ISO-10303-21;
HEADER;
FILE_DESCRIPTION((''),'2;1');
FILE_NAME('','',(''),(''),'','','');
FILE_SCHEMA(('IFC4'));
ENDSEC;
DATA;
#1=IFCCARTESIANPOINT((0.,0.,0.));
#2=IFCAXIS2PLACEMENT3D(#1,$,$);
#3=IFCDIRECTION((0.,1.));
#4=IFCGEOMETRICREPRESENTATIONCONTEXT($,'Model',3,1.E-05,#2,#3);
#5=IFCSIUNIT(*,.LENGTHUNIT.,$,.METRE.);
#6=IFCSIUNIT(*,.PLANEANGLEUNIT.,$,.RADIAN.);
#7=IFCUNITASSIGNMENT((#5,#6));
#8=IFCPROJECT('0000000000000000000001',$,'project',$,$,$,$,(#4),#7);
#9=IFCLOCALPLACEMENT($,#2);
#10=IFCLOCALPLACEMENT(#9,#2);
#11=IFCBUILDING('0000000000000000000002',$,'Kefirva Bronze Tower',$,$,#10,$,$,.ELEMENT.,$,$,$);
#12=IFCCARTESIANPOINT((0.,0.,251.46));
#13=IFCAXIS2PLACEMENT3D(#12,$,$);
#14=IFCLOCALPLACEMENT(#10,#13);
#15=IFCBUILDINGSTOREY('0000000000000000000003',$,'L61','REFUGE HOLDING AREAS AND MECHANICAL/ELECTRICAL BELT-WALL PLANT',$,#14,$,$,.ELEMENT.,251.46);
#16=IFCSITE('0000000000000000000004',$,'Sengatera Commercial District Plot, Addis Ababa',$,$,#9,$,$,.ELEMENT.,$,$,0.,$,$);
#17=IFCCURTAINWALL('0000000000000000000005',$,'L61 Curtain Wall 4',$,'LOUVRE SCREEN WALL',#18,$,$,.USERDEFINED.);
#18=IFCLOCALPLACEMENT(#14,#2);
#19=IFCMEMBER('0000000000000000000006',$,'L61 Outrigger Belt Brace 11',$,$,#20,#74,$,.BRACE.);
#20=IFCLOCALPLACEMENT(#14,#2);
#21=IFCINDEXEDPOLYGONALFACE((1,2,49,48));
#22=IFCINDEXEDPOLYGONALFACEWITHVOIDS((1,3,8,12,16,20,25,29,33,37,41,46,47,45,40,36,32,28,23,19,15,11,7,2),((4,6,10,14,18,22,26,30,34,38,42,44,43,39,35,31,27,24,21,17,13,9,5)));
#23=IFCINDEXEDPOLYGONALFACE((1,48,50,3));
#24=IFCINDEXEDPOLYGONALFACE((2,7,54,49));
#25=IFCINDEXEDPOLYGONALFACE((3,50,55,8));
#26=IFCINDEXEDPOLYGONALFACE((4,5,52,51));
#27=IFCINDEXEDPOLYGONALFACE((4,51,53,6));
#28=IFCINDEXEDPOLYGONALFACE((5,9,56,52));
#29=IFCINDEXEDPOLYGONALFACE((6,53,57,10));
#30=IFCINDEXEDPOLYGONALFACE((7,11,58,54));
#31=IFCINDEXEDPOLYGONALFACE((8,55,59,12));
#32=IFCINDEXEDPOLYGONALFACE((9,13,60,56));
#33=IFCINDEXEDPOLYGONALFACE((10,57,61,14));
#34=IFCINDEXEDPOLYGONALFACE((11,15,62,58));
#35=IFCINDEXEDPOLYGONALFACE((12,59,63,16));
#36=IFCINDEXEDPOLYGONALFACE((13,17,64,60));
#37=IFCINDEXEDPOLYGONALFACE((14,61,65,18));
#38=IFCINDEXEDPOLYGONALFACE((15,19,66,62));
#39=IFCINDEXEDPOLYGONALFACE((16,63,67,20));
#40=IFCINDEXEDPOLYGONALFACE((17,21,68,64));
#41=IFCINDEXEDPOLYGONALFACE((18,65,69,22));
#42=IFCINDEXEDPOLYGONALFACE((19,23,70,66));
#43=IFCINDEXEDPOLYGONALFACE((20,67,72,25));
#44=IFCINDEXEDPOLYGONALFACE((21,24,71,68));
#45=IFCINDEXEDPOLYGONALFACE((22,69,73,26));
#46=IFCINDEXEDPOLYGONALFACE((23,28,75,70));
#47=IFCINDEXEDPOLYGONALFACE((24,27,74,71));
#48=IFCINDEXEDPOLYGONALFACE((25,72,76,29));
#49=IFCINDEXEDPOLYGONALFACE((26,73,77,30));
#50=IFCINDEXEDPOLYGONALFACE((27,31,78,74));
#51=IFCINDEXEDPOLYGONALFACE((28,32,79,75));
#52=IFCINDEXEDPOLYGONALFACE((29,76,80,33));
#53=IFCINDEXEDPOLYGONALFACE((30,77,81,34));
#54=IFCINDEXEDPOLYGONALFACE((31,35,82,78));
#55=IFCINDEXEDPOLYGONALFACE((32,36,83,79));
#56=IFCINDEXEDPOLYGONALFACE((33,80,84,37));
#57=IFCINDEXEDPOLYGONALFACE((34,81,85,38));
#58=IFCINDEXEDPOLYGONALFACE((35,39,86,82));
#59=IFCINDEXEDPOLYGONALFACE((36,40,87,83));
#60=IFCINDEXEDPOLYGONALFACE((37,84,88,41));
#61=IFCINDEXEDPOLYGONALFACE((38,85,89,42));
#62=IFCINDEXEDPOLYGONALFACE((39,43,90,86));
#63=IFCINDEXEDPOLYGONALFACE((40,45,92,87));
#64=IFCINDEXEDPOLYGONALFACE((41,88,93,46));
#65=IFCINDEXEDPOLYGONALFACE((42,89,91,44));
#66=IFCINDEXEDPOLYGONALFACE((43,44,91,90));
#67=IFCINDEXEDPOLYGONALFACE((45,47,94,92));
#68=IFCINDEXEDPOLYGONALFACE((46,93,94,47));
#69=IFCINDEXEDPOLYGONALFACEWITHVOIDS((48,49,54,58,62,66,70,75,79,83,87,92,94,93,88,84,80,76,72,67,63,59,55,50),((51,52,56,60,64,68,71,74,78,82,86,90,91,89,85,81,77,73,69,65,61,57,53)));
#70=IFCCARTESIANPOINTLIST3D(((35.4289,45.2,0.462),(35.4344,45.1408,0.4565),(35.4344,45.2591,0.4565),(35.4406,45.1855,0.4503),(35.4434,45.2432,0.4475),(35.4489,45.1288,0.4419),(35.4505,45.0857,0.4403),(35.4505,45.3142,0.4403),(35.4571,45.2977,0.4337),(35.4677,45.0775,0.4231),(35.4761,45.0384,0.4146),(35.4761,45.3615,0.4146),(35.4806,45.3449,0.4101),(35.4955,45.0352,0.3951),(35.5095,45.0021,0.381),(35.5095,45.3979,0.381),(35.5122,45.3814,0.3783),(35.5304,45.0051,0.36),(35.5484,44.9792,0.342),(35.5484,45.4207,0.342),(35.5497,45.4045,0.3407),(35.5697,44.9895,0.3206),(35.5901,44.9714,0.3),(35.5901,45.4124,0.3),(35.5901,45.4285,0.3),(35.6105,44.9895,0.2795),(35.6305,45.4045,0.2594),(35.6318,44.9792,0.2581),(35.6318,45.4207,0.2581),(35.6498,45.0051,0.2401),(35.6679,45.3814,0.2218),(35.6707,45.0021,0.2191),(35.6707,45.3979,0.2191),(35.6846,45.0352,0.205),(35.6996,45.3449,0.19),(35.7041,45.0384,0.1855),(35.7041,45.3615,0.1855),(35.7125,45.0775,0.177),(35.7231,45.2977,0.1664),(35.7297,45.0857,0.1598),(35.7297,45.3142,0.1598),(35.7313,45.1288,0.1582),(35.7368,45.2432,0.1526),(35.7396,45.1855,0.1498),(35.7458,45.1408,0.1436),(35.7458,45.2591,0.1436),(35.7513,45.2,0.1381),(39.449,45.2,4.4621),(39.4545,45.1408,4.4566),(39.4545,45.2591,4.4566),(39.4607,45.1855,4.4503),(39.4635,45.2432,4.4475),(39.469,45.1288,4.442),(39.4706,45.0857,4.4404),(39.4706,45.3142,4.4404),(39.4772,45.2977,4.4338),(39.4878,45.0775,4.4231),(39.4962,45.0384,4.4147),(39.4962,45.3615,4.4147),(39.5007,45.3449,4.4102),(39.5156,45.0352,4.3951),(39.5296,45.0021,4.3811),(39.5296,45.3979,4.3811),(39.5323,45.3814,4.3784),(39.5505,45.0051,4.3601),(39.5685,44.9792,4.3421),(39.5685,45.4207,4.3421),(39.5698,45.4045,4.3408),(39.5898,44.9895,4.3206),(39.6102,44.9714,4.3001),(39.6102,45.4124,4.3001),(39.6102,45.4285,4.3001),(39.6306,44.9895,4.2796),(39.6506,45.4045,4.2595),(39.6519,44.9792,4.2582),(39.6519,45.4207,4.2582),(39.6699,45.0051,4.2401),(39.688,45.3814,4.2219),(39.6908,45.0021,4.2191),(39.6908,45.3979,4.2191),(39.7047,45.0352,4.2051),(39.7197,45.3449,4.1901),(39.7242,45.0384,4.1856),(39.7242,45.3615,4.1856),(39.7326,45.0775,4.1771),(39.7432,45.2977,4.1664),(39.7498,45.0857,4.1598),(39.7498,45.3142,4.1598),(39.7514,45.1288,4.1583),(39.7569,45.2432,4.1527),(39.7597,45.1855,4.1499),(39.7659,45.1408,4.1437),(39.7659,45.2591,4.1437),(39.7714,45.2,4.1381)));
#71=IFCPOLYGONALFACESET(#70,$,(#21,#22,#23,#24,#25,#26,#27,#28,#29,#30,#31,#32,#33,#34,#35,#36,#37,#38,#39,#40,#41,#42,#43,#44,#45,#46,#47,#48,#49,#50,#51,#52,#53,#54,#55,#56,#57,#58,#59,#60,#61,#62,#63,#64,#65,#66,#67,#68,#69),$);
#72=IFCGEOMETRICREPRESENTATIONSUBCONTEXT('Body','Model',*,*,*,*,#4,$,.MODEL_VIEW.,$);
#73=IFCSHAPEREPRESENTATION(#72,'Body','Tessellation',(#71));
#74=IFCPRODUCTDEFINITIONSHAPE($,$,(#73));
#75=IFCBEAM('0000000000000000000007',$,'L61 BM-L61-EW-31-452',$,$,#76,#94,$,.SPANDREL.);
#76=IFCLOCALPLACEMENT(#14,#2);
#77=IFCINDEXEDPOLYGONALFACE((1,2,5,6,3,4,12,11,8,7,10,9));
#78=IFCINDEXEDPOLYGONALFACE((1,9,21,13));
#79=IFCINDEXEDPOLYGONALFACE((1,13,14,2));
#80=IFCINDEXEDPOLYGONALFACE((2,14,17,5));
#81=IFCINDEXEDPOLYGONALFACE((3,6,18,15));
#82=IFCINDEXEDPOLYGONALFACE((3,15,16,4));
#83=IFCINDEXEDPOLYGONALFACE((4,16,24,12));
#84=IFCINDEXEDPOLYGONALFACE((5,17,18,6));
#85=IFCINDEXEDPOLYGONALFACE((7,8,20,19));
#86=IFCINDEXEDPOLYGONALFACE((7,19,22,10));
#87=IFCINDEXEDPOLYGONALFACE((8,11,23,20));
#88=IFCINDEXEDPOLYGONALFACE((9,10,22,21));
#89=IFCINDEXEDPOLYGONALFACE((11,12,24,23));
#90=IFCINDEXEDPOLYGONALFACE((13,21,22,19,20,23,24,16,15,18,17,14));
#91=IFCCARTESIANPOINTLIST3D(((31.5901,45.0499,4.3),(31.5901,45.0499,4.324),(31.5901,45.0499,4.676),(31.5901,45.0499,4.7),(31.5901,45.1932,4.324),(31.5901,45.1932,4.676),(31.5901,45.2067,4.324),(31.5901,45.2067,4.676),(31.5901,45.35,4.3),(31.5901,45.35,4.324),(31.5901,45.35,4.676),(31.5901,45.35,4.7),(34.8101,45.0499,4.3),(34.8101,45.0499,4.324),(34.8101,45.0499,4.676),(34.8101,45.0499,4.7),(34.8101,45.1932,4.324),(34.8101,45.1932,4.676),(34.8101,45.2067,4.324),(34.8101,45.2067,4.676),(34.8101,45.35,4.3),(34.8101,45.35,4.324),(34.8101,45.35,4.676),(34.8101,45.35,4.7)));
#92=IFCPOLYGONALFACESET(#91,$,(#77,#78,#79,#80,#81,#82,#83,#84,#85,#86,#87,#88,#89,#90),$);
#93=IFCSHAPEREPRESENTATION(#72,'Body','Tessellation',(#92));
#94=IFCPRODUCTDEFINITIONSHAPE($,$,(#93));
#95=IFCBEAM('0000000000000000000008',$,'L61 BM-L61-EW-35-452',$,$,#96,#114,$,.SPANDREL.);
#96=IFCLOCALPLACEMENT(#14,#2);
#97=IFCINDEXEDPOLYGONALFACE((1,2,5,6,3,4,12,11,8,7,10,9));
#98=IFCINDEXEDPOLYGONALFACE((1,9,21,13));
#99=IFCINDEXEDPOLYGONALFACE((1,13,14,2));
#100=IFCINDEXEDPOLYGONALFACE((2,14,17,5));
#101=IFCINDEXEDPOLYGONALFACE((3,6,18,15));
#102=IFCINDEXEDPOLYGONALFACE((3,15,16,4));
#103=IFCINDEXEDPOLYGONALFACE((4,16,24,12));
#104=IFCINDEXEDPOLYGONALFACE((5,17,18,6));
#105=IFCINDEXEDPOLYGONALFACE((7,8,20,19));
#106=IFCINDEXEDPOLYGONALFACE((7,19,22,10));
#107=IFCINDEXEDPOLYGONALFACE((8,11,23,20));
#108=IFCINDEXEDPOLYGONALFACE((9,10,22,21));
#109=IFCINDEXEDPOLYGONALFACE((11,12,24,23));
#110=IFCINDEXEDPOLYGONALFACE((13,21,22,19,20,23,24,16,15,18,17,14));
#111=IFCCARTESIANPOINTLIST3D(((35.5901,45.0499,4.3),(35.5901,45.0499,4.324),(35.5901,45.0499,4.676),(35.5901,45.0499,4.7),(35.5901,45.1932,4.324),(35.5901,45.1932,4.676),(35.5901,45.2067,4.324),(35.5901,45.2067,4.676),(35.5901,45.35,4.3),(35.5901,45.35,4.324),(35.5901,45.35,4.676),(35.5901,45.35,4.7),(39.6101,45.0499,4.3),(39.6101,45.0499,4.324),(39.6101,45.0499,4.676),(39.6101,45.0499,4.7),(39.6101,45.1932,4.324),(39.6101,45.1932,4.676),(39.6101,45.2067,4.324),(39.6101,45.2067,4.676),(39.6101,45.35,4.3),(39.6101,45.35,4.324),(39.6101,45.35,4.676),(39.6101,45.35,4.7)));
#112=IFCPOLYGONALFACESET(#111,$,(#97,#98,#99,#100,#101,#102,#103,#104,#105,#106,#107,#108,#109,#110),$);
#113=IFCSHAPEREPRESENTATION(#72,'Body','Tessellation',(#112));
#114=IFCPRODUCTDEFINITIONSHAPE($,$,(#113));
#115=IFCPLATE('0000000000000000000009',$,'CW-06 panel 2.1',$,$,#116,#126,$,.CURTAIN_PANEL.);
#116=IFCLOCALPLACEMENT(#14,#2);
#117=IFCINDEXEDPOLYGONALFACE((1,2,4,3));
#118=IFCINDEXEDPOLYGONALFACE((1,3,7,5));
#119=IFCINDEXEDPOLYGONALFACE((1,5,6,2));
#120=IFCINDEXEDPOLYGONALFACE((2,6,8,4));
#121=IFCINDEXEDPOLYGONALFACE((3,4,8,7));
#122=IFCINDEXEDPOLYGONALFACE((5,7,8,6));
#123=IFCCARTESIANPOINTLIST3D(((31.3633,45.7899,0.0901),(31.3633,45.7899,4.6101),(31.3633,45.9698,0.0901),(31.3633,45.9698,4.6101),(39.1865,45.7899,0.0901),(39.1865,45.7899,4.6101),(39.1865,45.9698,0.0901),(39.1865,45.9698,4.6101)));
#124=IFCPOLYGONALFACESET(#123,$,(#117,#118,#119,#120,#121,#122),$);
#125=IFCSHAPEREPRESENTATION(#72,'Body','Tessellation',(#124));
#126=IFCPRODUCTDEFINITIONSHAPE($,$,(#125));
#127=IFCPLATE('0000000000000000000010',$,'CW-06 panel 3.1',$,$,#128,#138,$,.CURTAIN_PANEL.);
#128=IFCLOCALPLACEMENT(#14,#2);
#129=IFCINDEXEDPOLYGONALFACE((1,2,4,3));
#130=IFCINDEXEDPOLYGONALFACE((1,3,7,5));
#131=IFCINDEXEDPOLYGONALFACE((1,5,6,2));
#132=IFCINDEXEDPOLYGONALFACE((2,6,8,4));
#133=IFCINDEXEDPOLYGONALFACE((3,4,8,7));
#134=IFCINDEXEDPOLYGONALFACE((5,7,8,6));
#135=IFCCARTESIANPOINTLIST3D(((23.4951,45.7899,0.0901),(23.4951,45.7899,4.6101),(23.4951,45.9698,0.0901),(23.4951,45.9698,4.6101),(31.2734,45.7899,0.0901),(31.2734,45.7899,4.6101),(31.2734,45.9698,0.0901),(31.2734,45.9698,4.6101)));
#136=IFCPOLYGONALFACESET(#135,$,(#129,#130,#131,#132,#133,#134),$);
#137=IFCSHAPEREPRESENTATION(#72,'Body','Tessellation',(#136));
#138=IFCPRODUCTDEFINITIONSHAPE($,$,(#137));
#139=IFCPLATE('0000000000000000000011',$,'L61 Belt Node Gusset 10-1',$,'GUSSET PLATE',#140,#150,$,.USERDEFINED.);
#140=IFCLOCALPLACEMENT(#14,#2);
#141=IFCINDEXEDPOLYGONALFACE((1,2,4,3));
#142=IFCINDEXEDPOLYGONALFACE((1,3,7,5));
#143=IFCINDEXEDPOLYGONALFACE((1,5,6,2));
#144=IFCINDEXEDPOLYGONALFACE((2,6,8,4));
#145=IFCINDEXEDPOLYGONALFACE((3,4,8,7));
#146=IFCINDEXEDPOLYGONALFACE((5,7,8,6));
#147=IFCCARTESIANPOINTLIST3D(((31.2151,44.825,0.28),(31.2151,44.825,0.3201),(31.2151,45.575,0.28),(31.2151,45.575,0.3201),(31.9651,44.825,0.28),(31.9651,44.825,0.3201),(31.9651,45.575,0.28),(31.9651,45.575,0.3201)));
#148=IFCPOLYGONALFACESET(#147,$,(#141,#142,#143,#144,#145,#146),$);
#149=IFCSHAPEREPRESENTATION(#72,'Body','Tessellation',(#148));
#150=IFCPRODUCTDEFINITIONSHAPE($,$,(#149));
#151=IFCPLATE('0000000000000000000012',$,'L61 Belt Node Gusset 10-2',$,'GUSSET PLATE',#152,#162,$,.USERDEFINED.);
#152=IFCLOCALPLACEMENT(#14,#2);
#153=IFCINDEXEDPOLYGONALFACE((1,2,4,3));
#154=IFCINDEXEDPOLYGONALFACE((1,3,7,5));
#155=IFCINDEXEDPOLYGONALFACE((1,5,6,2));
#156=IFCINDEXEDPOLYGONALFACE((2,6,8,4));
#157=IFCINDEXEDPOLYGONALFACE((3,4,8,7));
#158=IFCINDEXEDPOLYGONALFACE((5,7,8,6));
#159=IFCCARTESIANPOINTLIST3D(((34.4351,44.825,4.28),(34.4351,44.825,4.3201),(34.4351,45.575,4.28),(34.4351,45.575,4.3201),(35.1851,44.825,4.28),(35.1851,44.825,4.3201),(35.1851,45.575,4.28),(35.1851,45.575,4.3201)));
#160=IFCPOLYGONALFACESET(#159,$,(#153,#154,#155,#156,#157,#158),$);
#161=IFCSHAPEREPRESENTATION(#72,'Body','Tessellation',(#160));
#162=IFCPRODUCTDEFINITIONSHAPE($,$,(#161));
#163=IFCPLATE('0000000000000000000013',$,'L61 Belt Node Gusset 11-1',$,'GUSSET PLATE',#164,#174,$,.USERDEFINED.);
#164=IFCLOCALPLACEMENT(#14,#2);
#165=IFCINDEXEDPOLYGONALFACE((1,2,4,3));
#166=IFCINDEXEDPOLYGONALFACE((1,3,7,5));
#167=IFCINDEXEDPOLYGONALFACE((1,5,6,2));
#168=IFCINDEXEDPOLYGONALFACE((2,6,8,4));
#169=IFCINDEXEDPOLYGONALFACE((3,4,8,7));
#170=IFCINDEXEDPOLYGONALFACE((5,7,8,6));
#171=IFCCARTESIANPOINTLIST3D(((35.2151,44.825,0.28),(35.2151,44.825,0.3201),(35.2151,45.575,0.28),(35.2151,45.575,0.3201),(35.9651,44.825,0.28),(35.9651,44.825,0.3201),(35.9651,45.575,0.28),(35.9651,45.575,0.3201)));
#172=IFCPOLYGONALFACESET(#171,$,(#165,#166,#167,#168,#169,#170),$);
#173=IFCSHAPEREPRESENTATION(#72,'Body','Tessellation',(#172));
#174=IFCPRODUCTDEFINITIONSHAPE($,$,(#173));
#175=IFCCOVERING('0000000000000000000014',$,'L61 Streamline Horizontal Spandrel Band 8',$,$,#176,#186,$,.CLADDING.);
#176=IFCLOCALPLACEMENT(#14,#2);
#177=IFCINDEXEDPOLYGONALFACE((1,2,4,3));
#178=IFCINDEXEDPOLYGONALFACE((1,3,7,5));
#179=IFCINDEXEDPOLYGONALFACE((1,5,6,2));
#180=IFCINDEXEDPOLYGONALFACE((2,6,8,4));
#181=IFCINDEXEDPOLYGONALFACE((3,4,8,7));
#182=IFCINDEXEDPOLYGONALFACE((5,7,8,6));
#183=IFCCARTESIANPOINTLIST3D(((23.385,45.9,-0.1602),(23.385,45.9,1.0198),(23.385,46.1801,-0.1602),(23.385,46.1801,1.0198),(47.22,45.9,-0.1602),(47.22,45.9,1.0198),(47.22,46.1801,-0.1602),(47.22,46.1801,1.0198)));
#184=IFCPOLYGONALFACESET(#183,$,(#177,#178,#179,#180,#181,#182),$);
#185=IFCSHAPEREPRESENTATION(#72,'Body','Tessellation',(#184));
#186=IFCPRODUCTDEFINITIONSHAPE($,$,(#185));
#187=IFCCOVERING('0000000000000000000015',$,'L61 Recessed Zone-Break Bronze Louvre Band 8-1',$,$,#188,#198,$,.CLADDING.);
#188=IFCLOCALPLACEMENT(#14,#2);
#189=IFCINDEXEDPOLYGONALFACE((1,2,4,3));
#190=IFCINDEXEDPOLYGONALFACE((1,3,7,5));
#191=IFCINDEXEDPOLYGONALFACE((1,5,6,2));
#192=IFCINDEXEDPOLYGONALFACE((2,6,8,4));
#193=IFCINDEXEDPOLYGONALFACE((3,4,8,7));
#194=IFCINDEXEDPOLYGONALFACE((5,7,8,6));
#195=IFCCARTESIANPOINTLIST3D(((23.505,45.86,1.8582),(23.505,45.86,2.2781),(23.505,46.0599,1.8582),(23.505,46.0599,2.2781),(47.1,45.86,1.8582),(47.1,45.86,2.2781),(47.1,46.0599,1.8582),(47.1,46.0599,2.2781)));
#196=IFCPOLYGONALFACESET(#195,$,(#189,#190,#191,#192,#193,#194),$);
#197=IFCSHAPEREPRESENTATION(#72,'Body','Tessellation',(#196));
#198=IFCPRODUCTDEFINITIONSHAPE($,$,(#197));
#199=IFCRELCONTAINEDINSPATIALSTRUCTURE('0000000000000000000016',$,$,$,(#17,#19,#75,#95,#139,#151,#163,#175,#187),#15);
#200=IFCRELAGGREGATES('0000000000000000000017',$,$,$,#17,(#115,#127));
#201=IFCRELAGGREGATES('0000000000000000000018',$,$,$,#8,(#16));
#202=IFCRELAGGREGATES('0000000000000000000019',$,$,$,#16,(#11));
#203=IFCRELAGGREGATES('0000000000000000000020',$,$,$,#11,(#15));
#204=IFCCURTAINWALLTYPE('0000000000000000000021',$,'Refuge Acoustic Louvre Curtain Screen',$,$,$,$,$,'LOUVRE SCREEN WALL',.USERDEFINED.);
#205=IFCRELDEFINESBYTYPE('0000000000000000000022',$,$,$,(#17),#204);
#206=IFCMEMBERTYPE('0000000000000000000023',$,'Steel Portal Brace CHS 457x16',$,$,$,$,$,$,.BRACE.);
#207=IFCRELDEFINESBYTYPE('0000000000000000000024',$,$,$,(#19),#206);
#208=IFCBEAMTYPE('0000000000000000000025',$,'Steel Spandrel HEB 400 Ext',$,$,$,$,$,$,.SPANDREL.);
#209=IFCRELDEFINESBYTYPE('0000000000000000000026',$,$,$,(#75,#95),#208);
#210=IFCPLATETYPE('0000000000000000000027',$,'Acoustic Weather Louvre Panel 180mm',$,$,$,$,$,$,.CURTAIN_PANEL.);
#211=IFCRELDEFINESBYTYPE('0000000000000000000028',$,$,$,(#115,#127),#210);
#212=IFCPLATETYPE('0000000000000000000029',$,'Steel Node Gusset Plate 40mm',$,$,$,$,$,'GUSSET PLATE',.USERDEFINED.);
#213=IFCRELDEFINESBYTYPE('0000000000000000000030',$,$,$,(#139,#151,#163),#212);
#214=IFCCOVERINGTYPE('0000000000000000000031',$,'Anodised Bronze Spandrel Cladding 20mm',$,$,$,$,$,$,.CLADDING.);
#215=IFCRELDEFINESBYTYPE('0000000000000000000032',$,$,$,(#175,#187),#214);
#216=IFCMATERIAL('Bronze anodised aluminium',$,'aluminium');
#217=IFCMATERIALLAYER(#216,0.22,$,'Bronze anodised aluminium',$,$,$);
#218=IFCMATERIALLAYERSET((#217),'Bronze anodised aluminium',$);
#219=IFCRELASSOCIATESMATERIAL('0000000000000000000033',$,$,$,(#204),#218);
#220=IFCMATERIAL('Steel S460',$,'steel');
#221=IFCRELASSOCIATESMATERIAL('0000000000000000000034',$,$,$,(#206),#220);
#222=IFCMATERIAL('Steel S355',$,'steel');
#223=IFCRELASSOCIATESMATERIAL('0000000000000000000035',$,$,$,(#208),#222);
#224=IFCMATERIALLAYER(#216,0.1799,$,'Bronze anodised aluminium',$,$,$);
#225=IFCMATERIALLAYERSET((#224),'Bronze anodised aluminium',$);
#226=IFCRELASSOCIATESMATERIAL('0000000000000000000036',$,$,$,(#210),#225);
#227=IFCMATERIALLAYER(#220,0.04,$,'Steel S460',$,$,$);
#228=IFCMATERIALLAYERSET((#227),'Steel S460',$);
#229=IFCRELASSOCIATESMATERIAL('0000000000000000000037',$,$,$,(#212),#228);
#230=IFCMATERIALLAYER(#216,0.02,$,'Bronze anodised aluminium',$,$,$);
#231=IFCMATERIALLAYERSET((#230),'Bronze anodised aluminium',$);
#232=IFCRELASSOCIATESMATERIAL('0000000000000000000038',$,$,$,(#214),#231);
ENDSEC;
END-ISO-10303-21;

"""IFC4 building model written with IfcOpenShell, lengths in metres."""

from ifc_helpers import new_model, si_unit, direction, frame, origin, origin_2d, place, context, subcontext, project, spatial, rectangle, hollow_circle, i_section, extrude, material, layer, layer_set, material_profile, profile_set, type_object, element, aggregate, save


model = new_model("IFC4")

# Units and contexts
model_context = context("Model", 3, precision=1e-05, world=origin(), true_north=direction((0.0, 1.0)))
body_context = subcontext(model_context, "Body", "Model", "MODEL_VIEW")
ifc_project = project(units=[si_unit("LENGTHUNIT", "METRE"), si_unit("PLANEANGLEUNIT", "RADIAN")], contexts=[model_context])

# Site, building, storey
site_placement = place(None, origin())
site = spatial("IfcSite", under=ifc_project, at=site_placement, Name="Sengatera Commercial District Plot, Addis Ababa", CompositionType="ELEMENT", RefElevation=0.0)
building_placement = place(site_placement, origin())
building = spatial("IfcBuilding", under=site, at=building_placement, Name="Kefirva Bronze Tower", CompositionType="ELEMENT")
storey_placement = place(building_placement, frame((0.0, 0.0, 251.46)))
storey = spatial("IfcBuildingStorey", under=building, at=storey_placement, Name="L61", Description="REFUGE HOLDING AREAS AND MECHANICAL/ELECTRICAL BELT-WALL PLANT", CompositionType="ELEMENT", Elevation=251.46)

# Curtain wall
ifc_material_1 = material(Name="Bronze anodised aluminium", Category="aluminium")
ifc_layer_1 = layer(ifc_material_1, 0.22, Name="Bronze anodised aluminium")
ifc_layer_set_1 = layer_set([ifc_layer_1], Name="Bronze anodised aluminium")
curtain_wall_type = type_object("IfcCurtainWallType", Name="Refuge Acoustic Louvre Curtain Screen", ElementType="LOUVRE SCREEN WALL", PredefinedType="USERDEFINED", material=ifc_layer_set_1)
curtain_wall_placement = place(storey_placement, origin())
curtain_wall = element("IfcCurtainWall", 1, at=curtain_wall_placement, inside=storey, type_object=curtain_wall_type, Name="L61 Curtain Wall 4", ObjectType="LOUVRE SCREEN WALL", PredefinedType="USERDEFINED")

# Shared definitions
ifc_material_2 = material(Name="Steel S355", Category="steel")

# Member
ifc_material_3 = material(Name="Steel S460", Category="steel")
ifc_material_profile_1 = material_profile(ifc_material_3, hollow_circle(Radius=0.2285, WallThickness=0.0161, at=origin_2d()), Name="CHS 457x16")
ifc_profile_set_1 = profile_set([ifc_material_profile_1], Name="Steel S460")
member_type_1 = type_object("IfcMemberType", Name="Steel Portal Brace CHS 457x16", PredefinedType="BRACE", material=ifc_profile_set_1)
member_1_placement = place(storey_placement, frame((35.5901, 45.2, 0.3), z_axis=(0.70887, 0.0, 0.70534), x_axis=(0.0, 1.0, 0.0)))
element("IfcMember", 2, at=member_1_placement, inside=storey, type_object=member_type_1, Name="L61 Outrigger Belt Brace 11", PredefinedType="BRACE", context=body_context, shape_type="SweptSolid", body=[
    extrude(hollow_circle(Radius=0.2285, WallThickness=0.0161, at=origin_2d()), origin(), (0.0, 0.0, 1.0), 5.6711),
])

# Beams
ifc_material_profile_2 = material_profile(ifc_material_2, i_section(OverallWidth=0.3, OverallDepth=0.3999, WebThickness=0.0134, FlangeThickness=0.0239, at=origin_2d()), Name="HEB 400")
ifc_profile_set_2 = profile_set([ifc_material_profile_2], Name="Steel S355")
beam_type_1 = type_object("IfcBeamType", Name="Steel Spandrel HEB 400 Ext", PredefinedType="SPANDREL", material=ifc_profile_set_2)
beam_1_placement = place(storey_placement, frame((31.5901, 45.2, 4.5), z_axis=(1.0, 0.0, 0.0), x_axis=(0.0, 1.0, 0.0)))
element("IfcBeam", 3, at=beam_1_placement, inside=storey, type_object=beam_type_1, Name="L61 BM-L61-EW-31-452", PredefinedType="SPANDREL", context=body_context, shape_type="SweptSolid", body=[
    extrude(i_section(OverallWidth=0.3, OverallDepth=0.3999, WebThickness=0.0134, FlangeThickness=0.0239, at=origin_2d()), origin(), (0.0, 0.0, 1.0), 3.22),
])
beam_2_placement = place(storey_placement, frame((35.5901, 45.2, 4.5), z_axis=(1.0, 0.0, 0.0), x_axis=(0.0, 1.0, 0.0)))
element("IfcBeam", 4, at=beam_2_placement, inside=storey, type_object=beam_type_1, Name="L61 BM-L61-EW-35-452", PredefinedType="SPANDREL", context=body_context, shape_type="SweptSolid", body=[
    extrude(i_section(OverallWidth=0.3, OverallDepth=0.3999, WebThickness=0.0134, FlangeThickness=0.0239, at=origin_2d()), origin(), (0.0, 0.0, 1.0), 4.02),
])

# Plates
ifc_layer_2 = layer(ifc_material_1, 0.1799, Name="Bronze anodised aluminium")
ifc_layer_set_2 = layer_set([ifc_layer_2], Name="Bronze anodised aluminium")
plate_type_1 = type_object("IfcPlateType", Name="Acoustic Weather Louvre Panel 180mm", PredefinedType="CURTAIN_PANEL", material=ifc_layer_set_2)
plate_1_placement = place(storey_placement, frame((35.2749, 45.8799, 0.0901), z_axis=(0.0, 0.0, 1.0), x_axis=(-1.0, 0.0, 0.0)))
plate_1 = element("IfcPlate", 5, at=plate_1_placement, type_object=plate_type_1, Name="CW-06 panel 2.1", PredefinedType="CURTAIN_PANEL", context=body_context, shape_type="SweptSolid", body=[
    extrude(rectangle(XDim=7.8232, YDim=0.1799, at=origin_2d()), origin(), (0.0, 0.0, 1.0), 4.52),
])
plate_2_placement = place(storey_placement, frame((27.3843, 45.8799, 0.0901), z_axis=(0.0, 0.0, 1.0), x_axis=(-1.0, 0.0, 0.0)))
plate_2 = element("IfcPlate", 6, at=plate_2_placement, type_object=plate_type_1, Name="CW-06 panel 3.1", PredefinedType="CURTAIN_PANEL", context=body_context, shape_type="SweptSolid", body=[
    extrude(rectangle(XDim=7.7783, YDim=0.1799, at=origin_2d()), origin(), (0.0, 0.0, 1.0), 4.52),
])
aggregate(curtain_wall, [plate_1, plate_2])

# Plates
ifc_layer_3 = layer(ifc_material_3, 0.04, Name="Steel S460")
ifc_layer_set_3 = layer_set([ifc_layer_3], Name="Steel S460")
plate_type_2 = type_object("IfcPlateType", Name="Steel Node Gusset Plate 40mm", ElementType="GUSSET PLATE", PredefinedType="USERDEFINED", material=ifc_layer_set_3)
for number, where, z_axis, x_axis, name in (
    (7, (31.5901, 45.2, 0.28), (0.0, 0.0, 1.0), (1.0, 0.0, 0.0), "L61 Belt Node Gusset 10-1"),
    (8, (34.8101, 45.2, 4.28), (0.0, 0.0, 1.0), (1.0, 0.0, 0.0), "L61 Belt Node Gusset 10-2"),
    (9, (35.5901, 45.2, 0.28), (0.0, 0.0, 1.0), (1.0, 0.0, 0.0), "L61 Belt Node Gusset 11-1"),
):
    element("IfcPlate", number, at=place(storey_placement, frame(where, z_axis=z_axis, x_axis=x_axis)), inside=storey, type_object=plate_type_2, Name=name, ObjectType="GUSSET PLATE", PredefinedType="USERDEFINED", context=body_context, shape_type="SweptSolid", body=[
        extrude(rectangle(XDim=0.75, YDim=0.75, at=origin_2d()), origin(), (0.0, 0.0, 1.0), 0.04),
    ])

# Coverings
ifc_layer_4 = layer(ifc_material_1, 0.02, Name="Bronze anodised aluminium")
ifc_layer_set_4 = layer_set([ifc_layer_4], Name="Bronze anodised aluminium")
covering_type_1 = type_object("IfcCoveringType", Name="Anodised Bronze Spandrel Cladding 20mm", PredefinedType="CLADDING", material=ifc_layer_set_4)
covering_1_placement = place(storey_placement, frame((35.3025, 46.04, -0.1602), z_axis=(0.0, 0.0, 1.0), x_axis=(-1.0, 0.0, 0.0)))
element("IfcCovering", 10, at=covering_1_placement, inside=storey, type_object=covering_type_1, Name="L61 Streamline Horizontal Spandrel Band 8", PredefinedType="CLADDING", context=body_context, shape_type="SweptSolid", body=[
    extrude(rectangle(XDim=23.835, YDim=0.28, at=origin_2d()), origin(), (0.0, 0.0, 1.0), 1.1799),
])
for number, where, z_axis, x_axis, name in (
    (11, (35.3025, 45.96, 1.8582), (0.0, 0.0, 1.0), (-1.0, 0.0, 0.0), "L61 Recessed Zone-Break Bronze Louvre Band 8-1"),
):
    element("IfcCovering", number, at=place(storey_placement, frame(where, z_axis=z_axis, x_axis=x_axis)), inside=storey, type_object=covering_type_1, Name=name, PredefinedType="CLADDING", context=body_context, shape_type="SweptSolid", body=[
        extrude(rectangle(XDim=23.595, YDim=0.2, at=origin_2d()), origin(), (0.0, 0.0, 1.0), 0.4199),
    ])

save(model, "model.ifc")
